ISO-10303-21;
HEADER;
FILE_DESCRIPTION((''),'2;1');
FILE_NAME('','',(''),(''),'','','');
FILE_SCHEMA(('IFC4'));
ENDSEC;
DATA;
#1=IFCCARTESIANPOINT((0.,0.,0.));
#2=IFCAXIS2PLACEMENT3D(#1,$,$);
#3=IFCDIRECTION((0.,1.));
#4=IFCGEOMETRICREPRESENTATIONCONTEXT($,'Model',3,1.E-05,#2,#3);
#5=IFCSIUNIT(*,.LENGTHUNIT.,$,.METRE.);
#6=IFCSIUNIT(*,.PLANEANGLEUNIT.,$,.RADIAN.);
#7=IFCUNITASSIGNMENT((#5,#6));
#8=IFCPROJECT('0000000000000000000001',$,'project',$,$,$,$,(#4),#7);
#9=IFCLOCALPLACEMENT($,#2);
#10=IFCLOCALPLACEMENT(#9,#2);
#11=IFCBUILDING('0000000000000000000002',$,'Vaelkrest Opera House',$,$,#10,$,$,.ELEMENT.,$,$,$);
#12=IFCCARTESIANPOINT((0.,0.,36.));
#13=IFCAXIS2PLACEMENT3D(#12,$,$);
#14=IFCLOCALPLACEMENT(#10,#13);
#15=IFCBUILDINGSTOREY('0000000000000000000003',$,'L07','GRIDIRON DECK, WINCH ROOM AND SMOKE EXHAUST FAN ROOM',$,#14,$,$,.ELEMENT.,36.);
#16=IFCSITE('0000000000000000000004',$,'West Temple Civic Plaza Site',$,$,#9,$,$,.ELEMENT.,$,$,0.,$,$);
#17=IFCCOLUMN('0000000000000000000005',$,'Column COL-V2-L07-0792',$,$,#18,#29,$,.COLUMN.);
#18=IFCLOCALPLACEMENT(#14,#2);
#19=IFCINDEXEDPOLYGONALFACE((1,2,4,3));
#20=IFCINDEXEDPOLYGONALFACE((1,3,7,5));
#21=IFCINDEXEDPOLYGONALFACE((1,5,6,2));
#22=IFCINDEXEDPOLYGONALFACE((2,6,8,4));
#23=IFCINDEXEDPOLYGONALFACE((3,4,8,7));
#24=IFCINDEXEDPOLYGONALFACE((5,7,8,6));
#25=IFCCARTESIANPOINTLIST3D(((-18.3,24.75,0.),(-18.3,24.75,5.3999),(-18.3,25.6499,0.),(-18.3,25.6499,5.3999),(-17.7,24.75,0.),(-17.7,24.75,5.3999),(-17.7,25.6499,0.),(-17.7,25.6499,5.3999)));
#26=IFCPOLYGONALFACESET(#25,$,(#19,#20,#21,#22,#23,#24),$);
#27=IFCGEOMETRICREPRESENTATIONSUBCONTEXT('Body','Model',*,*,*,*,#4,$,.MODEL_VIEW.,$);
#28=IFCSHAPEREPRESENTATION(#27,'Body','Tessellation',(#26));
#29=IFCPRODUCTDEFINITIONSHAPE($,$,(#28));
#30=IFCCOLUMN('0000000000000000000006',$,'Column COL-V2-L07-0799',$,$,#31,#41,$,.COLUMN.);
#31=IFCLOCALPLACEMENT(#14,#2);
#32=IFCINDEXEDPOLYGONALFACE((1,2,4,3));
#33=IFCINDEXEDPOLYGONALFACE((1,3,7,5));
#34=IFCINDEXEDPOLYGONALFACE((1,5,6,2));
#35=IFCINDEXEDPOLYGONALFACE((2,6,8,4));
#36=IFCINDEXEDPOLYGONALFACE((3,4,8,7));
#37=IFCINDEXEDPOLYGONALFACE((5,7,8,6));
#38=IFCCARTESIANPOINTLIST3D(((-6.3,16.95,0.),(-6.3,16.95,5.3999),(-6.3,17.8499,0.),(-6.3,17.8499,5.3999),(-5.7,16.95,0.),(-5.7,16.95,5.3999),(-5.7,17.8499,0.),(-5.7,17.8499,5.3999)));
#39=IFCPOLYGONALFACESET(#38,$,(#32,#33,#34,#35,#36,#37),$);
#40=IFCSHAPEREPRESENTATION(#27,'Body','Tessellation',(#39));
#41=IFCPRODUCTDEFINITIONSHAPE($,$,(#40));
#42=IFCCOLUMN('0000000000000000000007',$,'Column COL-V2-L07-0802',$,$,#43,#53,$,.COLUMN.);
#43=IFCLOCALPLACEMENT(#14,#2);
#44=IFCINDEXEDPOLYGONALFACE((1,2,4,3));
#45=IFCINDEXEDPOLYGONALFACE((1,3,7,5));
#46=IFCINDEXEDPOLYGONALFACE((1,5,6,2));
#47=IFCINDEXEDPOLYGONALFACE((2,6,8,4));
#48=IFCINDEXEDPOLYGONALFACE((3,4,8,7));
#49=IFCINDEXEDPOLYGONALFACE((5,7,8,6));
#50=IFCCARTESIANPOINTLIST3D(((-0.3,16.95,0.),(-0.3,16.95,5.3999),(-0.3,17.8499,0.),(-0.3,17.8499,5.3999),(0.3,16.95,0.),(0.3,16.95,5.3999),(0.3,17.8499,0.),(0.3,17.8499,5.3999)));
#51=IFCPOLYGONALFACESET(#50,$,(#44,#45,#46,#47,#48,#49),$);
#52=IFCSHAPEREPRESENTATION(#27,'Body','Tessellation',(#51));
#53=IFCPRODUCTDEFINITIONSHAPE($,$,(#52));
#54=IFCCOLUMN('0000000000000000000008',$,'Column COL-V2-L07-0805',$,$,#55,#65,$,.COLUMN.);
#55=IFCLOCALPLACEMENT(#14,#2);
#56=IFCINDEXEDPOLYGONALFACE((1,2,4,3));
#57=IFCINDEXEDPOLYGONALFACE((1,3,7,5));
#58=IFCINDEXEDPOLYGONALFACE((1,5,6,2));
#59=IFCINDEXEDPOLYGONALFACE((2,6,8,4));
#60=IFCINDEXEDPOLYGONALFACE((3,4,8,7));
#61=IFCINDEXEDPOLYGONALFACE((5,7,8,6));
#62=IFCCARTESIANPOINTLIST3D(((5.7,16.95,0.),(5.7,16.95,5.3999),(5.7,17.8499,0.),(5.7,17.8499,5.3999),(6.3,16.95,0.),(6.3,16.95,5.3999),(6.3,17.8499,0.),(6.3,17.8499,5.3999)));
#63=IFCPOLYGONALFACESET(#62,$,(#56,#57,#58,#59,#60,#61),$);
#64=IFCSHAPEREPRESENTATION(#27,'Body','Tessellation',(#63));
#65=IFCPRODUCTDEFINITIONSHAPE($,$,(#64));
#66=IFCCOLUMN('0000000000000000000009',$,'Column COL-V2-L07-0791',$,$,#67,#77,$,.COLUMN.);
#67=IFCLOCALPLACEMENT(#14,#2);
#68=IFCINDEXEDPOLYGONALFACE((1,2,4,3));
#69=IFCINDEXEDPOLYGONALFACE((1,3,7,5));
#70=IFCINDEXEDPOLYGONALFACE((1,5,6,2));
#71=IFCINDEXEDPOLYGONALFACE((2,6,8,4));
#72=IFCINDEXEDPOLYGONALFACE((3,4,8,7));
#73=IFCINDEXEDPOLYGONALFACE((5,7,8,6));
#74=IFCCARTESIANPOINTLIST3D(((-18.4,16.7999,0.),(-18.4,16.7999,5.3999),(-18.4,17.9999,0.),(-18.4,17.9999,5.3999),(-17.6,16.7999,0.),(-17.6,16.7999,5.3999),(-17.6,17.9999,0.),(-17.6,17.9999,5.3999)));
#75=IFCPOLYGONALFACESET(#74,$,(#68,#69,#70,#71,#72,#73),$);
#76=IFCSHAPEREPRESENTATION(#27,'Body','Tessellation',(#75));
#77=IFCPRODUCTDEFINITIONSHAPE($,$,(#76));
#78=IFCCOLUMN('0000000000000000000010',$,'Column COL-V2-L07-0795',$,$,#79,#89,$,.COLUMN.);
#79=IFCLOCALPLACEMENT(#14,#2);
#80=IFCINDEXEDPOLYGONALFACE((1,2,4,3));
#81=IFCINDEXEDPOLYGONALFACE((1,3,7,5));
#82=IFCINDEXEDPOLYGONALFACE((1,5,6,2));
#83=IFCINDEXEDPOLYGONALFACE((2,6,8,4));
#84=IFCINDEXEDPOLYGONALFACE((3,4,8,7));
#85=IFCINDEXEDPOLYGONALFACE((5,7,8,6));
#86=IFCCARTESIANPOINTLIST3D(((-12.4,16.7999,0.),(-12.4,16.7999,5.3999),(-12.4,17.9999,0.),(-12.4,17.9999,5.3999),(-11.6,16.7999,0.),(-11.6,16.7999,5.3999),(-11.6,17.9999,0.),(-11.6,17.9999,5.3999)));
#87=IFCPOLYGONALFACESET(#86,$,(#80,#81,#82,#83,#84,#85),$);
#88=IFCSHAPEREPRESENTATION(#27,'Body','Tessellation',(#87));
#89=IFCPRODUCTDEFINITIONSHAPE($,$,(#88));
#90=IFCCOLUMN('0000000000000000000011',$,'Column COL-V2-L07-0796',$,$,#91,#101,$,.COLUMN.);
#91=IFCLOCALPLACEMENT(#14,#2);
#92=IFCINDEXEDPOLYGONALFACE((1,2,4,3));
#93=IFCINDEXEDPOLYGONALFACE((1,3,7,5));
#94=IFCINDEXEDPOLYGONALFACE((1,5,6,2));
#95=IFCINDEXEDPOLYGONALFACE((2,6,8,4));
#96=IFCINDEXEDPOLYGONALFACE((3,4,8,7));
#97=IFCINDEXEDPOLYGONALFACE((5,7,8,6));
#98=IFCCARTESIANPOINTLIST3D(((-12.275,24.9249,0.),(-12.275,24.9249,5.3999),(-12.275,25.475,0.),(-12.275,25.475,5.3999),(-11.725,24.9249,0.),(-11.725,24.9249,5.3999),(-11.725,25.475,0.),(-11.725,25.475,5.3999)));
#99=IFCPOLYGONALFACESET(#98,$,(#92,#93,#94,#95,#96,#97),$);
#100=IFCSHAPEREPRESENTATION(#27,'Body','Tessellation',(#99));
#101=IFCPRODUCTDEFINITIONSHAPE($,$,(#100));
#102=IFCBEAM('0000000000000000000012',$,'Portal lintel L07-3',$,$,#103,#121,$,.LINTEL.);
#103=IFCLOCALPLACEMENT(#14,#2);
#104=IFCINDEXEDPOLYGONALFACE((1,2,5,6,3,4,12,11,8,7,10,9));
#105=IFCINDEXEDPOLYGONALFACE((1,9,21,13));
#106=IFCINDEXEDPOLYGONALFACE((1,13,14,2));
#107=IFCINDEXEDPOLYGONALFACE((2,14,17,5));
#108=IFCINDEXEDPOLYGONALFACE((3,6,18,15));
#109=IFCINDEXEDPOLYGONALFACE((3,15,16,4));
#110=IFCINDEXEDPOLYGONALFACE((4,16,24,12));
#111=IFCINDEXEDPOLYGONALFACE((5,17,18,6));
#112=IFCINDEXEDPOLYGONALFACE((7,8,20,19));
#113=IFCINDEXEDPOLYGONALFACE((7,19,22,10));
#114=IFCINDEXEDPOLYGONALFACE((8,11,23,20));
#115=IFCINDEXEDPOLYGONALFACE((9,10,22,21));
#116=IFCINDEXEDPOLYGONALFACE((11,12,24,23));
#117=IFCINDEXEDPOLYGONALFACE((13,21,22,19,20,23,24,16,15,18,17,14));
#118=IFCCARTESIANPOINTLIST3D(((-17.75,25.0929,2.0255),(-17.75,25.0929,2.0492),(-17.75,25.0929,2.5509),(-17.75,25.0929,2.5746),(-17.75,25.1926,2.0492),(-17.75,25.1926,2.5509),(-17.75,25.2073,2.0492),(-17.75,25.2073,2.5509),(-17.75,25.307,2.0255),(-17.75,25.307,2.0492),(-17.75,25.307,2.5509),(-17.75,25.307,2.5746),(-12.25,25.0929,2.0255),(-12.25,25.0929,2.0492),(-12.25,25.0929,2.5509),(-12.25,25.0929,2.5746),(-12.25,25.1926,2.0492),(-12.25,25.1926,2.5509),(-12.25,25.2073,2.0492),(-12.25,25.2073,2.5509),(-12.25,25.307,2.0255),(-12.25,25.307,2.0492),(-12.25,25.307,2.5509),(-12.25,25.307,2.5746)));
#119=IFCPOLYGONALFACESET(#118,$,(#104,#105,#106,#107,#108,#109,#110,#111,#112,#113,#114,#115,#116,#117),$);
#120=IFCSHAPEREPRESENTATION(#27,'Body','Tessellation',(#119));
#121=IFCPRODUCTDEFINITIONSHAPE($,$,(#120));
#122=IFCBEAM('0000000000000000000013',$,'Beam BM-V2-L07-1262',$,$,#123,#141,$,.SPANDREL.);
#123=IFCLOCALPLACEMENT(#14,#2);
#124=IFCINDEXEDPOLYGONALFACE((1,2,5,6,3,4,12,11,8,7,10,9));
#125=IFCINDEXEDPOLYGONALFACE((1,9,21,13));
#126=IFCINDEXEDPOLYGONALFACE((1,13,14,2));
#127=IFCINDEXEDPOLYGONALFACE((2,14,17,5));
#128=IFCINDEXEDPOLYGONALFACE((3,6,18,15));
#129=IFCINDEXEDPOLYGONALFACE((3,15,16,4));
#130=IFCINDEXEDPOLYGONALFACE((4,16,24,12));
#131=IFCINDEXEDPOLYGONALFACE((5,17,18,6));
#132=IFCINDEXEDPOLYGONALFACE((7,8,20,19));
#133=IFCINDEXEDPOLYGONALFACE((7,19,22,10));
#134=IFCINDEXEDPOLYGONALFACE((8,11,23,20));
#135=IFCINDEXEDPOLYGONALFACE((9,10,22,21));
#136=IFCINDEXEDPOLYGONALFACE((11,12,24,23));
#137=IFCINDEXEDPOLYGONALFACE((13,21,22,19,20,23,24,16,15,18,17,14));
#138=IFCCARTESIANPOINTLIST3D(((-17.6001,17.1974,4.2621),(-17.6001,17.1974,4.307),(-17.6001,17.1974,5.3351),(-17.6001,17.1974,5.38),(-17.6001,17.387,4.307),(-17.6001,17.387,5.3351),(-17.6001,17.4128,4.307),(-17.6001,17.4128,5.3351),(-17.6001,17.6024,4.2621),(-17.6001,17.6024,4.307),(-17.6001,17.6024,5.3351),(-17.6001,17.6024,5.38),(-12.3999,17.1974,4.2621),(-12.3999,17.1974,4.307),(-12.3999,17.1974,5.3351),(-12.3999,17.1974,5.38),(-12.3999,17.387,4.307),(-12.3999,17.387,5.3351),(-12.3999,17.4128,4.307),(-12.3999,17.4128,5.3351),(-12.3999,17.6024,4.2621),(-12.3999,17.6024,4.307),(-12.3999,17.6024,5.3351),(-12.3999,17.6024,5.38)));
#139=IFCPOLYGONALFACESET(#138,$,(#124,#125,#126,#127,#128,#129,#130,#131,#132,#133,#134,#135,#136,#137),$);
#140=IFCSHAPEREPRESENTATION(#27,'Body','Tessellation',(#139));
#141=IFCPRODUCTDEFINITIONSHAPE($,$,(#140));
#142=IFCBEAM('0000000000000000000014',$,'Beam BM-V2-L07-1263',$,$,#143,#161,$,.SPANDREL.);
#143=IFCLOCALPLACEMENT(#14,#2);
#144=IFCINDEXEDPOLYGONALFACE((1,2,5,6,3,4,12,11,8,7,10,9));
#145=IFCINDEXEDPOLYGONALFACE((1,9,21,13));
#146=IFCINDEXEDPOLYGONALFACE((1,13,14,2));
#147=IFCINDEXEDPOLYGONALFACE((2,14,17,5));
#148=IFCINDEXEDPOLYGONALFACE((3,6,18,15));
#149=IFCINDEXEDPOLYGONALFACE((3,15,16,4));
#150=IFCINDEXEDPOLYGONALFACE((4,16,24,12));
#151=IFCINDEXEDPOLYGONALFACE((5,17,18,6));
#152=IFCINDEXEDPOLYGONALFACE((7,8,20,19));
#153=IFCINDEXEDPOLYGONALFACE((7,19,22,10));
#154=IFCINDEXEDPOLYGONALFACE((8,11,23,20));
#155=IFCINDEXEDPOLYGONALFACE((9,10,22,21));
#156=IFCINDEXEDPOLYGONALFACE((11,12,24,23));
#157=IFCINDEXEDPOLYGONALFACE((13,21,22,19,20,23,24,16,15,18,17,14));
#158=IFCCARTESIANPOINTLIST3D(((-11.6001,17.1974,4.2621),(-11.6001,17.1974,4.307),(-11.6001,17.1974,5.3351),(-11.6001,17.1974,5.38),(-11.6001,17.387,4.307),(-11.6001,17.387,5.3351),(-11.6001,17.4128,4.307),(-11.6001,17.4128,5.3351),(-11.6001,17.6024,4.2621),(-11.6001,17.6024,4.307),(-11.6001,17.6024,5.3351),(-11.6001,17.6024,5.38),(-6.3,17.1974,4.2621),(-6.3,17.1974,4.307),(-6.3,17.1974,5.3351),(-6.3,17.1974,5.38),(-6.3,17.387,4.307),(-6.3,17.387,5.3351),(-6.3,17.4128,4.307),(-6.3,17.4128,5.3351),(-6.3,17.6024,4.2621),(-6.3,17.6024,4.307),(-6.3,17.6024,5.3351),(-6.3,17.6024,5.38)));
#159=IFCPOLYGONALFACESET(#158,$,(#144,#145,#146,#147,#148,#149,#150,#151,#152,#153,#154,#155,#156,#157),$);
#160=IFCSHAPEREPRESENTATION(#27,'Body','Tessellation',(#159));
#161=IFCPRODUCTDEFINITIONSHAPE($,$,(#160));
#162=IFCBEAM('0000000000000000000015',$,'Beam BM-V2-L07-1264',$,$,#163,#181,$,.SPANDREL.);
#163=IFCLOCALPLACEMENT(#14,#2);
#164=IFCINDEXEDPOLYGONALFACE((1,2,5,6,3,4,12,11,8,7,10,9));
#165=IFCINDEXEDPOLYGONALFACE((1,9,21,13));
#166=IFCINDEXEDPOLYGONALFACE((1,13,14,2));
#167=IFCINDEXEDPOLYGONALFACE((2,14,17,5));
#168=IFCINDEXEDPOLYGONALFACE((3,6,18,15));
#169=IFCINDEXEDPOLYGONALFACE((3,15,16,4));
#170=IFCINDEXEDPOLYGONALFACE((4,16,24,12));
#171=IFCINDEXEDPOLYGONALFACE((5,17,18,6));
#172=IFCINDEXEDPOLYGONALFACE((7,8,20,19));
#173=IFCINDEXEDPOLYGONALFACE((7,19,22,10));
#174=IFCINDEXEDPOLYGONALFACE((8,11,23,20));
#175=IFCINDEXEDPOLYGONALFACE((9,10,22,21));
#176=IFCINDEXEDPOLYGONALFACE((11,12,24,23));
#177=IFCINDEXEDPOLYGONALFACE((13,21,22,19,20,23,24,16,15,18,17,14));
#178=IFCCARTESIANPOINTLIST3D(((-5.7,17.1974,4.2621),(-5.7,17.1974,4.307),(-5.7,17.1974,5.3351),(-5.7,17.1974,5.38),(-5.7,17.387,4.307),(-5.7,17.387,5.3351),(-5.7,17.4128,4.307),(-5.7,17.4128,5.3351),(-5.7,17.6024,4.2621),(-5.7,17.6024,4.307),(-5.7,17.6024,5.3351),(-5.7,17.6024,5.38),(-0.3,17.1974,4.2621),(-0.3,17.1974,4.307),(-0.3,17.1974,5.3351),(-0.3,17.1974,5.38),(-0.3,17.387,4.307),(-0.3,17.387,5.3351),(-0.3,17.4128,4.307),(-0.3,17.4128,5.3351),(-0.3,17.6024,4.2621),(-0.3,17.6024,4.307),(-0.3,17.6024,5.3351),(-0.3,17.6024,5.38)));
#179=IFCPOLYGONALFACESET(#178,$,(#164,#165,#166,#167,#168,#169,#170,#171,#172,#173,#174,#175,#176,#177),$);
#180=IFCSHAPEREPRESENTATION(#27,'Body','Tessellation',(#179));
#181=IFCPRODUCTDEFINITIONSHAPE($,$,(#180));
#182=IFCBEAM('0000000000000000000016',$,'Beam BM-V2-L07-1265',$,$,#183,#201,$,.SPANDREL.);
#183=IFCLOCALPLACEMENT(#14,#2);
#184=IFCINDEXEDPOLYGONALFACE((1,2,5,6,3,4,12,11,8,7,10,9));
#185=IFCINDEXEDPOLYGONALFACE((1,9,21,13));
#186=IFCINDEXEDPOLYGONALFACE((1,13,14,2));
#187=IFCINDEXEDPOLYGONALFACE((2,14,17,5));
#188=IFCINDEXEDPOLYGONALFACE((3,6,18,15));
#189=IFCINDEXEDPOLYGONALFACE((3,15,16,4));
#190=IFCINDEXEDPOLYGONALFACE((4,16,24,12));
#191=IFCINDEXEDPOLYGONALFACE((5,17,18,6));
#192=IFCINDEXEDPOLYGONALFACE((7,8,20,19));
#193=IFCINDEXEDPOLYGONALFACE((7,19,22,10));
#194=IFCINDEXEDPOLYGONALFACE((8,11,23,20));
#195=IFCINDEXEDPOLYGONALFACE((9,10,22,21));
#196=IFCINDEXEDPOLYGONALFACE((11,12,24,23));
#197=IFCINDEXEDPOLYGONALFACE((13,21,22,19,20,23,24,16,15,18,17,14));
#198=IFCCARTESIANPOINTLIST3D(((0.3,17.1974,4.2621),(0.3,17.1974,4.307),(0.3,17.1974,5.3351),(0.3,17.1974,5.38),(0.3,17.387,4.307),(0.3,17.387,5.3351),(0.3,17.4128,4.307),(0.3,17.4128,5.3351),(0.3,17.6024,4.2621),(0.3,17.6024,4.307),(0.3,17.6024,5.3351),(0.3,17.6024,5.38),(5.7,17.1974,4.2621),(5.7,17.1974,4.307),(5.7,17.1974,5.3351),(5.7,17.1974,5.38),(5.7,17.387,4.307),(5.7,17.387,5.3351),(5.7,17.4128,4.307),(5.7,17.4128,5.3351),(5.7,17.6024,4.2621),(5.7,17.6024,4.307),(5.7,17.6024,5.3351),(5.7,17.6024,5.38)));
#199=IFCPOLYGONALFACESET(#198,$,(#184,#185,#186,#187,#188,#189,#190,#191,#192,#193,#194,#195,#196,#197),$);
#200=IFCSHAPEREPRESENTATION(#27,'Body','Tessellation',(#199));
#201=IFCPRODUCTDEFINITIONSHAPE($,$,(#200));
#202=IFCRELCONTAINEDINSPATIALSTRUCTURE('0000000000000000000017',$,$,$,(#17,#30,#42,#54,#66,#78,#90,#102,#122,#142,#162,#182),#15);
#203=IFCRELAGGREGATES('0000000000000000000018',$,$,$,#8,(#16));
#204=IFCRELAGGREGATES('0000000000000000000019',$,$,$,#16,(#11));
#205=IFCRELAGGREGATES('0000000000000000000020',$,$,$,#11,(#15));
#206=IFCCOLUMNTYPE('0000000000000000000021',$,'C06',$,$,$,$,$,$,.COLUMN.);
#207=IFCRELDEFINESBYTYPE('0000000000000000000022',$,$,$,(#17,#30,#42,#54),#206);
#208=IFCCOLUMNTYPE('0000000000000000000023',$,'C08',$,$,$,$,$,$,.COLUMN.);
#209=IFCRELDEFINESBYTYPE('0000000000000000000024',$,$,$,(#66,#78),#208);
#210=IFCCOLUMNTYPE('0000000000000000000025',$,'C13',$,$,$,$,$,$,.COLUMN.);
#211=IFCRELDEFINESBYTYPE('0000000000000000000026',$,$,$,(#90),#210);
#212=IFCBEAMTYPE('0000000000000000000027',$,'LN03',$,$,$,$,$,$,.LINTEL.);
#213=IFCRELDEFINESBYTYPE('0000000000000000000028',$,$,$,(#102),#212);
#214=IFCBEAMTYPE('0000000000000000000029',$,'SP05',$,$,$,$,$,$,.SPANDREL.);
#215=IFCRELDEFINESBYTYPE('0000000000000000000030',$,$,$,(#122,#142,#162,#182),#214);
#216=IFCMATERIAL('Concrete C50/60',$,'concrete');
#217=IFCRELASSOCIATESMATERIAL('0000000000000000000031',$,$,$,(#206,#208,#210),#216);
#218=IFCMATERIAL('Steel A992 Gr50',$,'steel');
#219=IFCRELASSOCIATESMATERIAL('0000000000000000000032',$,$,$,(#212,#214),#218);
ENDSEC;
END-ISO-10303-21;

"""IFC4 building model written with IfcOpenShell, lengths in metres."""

from ifc_helpers import new_model, si_unit, direction, frame, origin, origin_2d, place, context, subcontext, project, spatial, rectangle, i_section, extrude, material, material_profile, profile_set, type_object, element, save


model = new_model("IFC4")

# Units and contexts
model_context = context("Model", 3, precision=1e-05, world=origin(), true_north=direction((0.0, 1.0)))
body_context = subcontext(model_context, "Body", "Model", "MODEL_VIEW")
ifc_project = project(units=[si_unit("LENGTHUNIT", "METRE"), si_unit("PLANEANGLEUNIT", "RADIAN")], contexts=[model_context])

# Site, building, storey
site_placement = place(None, origin())
site = spatial("IfcSite", under=ifc_project, at=site_placement, Name="West Temple Civic Plaza Site", CompositionType="ELEMENT", RefElevation=0.0)
building_placement = place(site_placement, origin())
building = spatial("IfcBuilding", under=site, at=building_placement, Name="Vaelkrest Opera House", CompositionType="ELEMENT")
storey_placement = place(building_placement, frame((0.0, 0.0, 36.0)))
storey = spatial("IfcBuildingStorey", under=building, at=storey_placement, Name="L07", Description="GRIDIRON DECK, WINCH ROOM AND SMOKE EXHAUST FAN ROOM", CompositionType="ELEMENT", Elevation=36.0)

# Columns
ifc_material_1 = material(Name="Concrete C50/60", Category="concrete")
ifc_material_profile_1 = material_profile(ifc_material_1, rectangle(XDim=0.6001, YDim=0.8999, at=origin_2d()), Name="RC600X900")
ifc_profile_set_1 = profile_set([ifc_material_profile_1], Name="Concrete C50/60")
column_type_1 = type_object("IfcColumnType", Name="C06", PredefinedType="COLUMN", material=ifc_profile_set_1)
for number, where, z_axis, x_axis, name in (
    (1, (-18.0, 25.2, 0.0), (0.0, 0.0, 1.0), (1.0, 0.0, 0.0), "Column COL-V2-L07-0792"),
    (2, (-6.0, 17.3999, 0.0), (0.0, 0.0, 1.0), (1.0, 0.0, 0.0), "Column COL-V2-L07-0799"),
    (3, (0.0, 17.3999, 0.0), (0.0, 0.0, 1.0), (1.0, 0.0, 0.0), "Column COL-V2-L07-0802"),
    (4, (6.0, 17.3999, 0.0), (0.0, 0.0, 1.0), (1.0, 0.0, 0.0), "Column COL-V2-L07-0805"),
):
    element("IfcColumn", number, at=place(storey_placement, frame(where, z_axis=z_axis, x_axis=x_axis)), inside=storey, type_object=column_type_1, Name=name, PredefinedType="COLUMN", context=body_context, shape_type="SweptSolid", body=[
        extrude(rectangle(XDim=0.6001, YDim=0.8999, at=origin_2d()), origin(), (0.0, 0.0, 1.0), 5.3999),
    ])
ifc_material_profile_2 = material_profile(ifc_material_1, rectangle(XDim=0.8, YDim=1.2, at=origin_2d()), Name="RC800X1200")
ifc_profile_set_2 = profile_set([ifc_material_profile_2], Name="Concrete C50/60")
column_type_2 = type_object("IfcColumnType", Name="C08", PredefinedType="COLUMN", material=ifc_profile_set_2)
for number, where, z_axis, x_axis, name in (
    (5, (-18.0, 17.3999, 0.0), (0.0, 0.0, 1.0), (1.0, 0.0, 0.0), "Column COL-V2-L07-0791"),
    (6, (-12.0, 17.3999, 0.0), (0.0, 0.0, 1.0), (1.0, 0.0, 0.0), "Column COL-V2-L07-0795"),
):
    element("IfcColumn", number, at=place(storey_placement, frame(where, z_axis=z_axis, x_axis=x_axis)), inside=storey, type_object=column_type_2, Name=name, PredefinedType="COLUMN", context=body_context, shape_type="SweptSolid", body=[
        extrude(rectangle(XDim=0.8, YDim=1.2, at=origin_2d()), origin(), (0.0, 0.0, 1.0), 5.3999),
    ])
ifc_material_profile_3 = material_profile(ifc_material_1, rectangle(XDim=0.55, YDim=0.55, at=origin_2d()), Name="RC550X550")
ifc_profile_set_3 = profile_set([ifc_material_profile_3], Name="Concrete C50/60")
column_type_3 = type_object("IfcColumnType", Name="C13", PredefinedType="COLUMN", material=ifc_profile_set_3)
column_placement = place(storey_placement, frame((-12.0, 25.2, 0.0), z_axis=(0.0, 0.0, 1.0), x_axis=(1.0, 0.0, 0.0)))
element("IfcColumn", 7, at=column_placement, inside=storey, type_object=column_type_3, Name="Column COL-V2-L07-0796", PredefinedType="COLUMN", context=body_context, shape_type="SweptSolid", body=[
    extrude(rectangle(XDim=0.55, YDim=0.55, at=origin_2d()), origin(), (0.0, 0.0, 1.0), 5.3999),
])

# Beams
ifc_material_2 = material(Name="Steel A992 Gr50", Category="steel")
ifc_material_profile_4 = material_profile(ifc_material_2, i_section(OverallWidth=0.2141, OverallDepth=0.5491, WebThickness=0.0146, FlangeThickness=0.0237, at=origin_2d()), Name="W21X93")
ifc_profile_set_4 = profile_set([ifc_material_profile_4], Name="Steel A992 Gr50")
beam_type_1 = type_object("IfcBeamType", Name="LN03", PredefinedType="LINTEL", material=ifc_profile_set_4)
beam_1_placement = place(storey_placement, frame((-17.75, 25.2, 2.3), z_axis=(1.0, 0.0, 0.0), x_axis=(0.0, 1.0, 0.0)))
element("IfcBeam", 8, at=beam_1_placement, inside=storey, type_object=beam_type_1, Name="Portal lintel L07-3", PredefinedType="LINTEL", context=body_context, shape_type="SweptSolid", body=[
    extrude(i_section(OverallWidth=0.2141, OverallDepth=0.5491, WebThickness=0.0146, FlangeThickness=0.0237, at=origin_2d()), origin(), (0.0, 0.0, 1.0), 5.5),
])
ifc_material_profile_5 = material_profile(ifc_material_2, i_section(OverallWidth=0.405, OverallDepth=1.1179, WebThickness=0.0259, FlangeThickness=0.0449, at=origin_2d()), Name="W44X335")
ifc_profile_set_5 = profile_set([ifc_material_profile_5], Name="Steel A992 Gr50")
beam_type_2 = type_object("IfcBeamType", Name="SP05", PredefinedType="SPANDREL", material=ifc_profile_set_5)
beam_2_placement = place(storey_placement, frame((-17.6001, 17.3999, 4.821), z_axis=(1.0, 0.0, 0.0), x_axis=(0.0, 1.0, 0.0)))
element("IfcBeam", 9, at=beam_2_placement, inside=storey, type_object=beam_type_2, Name="Beam BM-V2-L07-1262", PredefinedType="SPANDREL", context=body_context, shape_type="SweptSolid", body=[
    extrude(i_section(OverallWidth=0.405, OverallDepth=1.1179, WebThickness=0.0259, FlangeThickness=0.0449, at=origin_2d()), origin(), (0.0, 0.0, 1.0), 5.2002),
])
beam_3_placement = place(storey_placement, frame((-11.6001, 17.3999, 4.821), z_axis=(1.0, 0.0, 0.0), x_axis=(0.0, 1.0, 0.0)))
element("IfcBeam", 10, at=beam_3_placement, inside=storey, type_object=beam_type_2, Name="Beam BM-V2-L07-1263", PredefinedType="SPANDREL", context=body_context, shape_type="SweptSolid", body=[
    extrude(i_section(OverallWidth=0.405, OverallDepth=1.1179, WebThickness=0.0259, FlangeThickness=0.0449, at=origin_2d()), origin(), (0.0, 0.0, 1.0), 5.3),
])
for number, where, z_axis, x_axis, name in (
    (11, (-5.7, 17.3999, 4.821), (1.0, 0.0, 0.0), (0.0, 1.0, 0.0), "Beam BM-V2-L07-1264"),
    (12, (0.3, 17.3999, 4.821), (1.0, 0.0, 0.0), (0.0, 1.0, 0.0), "Beam BM-V2-L07-1265"),
):
    element("IfcBeam", number, at=place(storey_placement, frame(where, z_axis=z_axis, x_axis=x_axis)), inside=storey, type_object=beam_type_2, Name=name, PredefinedType="SPANDREL", context=body_context, shape_type="SweptSolid", body=[
        extrude(i_section(OverallWidth=0.405, OverallDepth=1.1179, WebThickness=0.0259, FlangeThickness=0.0449, at=origin_2d()), origin(), (0.0, 0.0, 1.0), 5.3999),
    ])

save(model, "model.ifc")
